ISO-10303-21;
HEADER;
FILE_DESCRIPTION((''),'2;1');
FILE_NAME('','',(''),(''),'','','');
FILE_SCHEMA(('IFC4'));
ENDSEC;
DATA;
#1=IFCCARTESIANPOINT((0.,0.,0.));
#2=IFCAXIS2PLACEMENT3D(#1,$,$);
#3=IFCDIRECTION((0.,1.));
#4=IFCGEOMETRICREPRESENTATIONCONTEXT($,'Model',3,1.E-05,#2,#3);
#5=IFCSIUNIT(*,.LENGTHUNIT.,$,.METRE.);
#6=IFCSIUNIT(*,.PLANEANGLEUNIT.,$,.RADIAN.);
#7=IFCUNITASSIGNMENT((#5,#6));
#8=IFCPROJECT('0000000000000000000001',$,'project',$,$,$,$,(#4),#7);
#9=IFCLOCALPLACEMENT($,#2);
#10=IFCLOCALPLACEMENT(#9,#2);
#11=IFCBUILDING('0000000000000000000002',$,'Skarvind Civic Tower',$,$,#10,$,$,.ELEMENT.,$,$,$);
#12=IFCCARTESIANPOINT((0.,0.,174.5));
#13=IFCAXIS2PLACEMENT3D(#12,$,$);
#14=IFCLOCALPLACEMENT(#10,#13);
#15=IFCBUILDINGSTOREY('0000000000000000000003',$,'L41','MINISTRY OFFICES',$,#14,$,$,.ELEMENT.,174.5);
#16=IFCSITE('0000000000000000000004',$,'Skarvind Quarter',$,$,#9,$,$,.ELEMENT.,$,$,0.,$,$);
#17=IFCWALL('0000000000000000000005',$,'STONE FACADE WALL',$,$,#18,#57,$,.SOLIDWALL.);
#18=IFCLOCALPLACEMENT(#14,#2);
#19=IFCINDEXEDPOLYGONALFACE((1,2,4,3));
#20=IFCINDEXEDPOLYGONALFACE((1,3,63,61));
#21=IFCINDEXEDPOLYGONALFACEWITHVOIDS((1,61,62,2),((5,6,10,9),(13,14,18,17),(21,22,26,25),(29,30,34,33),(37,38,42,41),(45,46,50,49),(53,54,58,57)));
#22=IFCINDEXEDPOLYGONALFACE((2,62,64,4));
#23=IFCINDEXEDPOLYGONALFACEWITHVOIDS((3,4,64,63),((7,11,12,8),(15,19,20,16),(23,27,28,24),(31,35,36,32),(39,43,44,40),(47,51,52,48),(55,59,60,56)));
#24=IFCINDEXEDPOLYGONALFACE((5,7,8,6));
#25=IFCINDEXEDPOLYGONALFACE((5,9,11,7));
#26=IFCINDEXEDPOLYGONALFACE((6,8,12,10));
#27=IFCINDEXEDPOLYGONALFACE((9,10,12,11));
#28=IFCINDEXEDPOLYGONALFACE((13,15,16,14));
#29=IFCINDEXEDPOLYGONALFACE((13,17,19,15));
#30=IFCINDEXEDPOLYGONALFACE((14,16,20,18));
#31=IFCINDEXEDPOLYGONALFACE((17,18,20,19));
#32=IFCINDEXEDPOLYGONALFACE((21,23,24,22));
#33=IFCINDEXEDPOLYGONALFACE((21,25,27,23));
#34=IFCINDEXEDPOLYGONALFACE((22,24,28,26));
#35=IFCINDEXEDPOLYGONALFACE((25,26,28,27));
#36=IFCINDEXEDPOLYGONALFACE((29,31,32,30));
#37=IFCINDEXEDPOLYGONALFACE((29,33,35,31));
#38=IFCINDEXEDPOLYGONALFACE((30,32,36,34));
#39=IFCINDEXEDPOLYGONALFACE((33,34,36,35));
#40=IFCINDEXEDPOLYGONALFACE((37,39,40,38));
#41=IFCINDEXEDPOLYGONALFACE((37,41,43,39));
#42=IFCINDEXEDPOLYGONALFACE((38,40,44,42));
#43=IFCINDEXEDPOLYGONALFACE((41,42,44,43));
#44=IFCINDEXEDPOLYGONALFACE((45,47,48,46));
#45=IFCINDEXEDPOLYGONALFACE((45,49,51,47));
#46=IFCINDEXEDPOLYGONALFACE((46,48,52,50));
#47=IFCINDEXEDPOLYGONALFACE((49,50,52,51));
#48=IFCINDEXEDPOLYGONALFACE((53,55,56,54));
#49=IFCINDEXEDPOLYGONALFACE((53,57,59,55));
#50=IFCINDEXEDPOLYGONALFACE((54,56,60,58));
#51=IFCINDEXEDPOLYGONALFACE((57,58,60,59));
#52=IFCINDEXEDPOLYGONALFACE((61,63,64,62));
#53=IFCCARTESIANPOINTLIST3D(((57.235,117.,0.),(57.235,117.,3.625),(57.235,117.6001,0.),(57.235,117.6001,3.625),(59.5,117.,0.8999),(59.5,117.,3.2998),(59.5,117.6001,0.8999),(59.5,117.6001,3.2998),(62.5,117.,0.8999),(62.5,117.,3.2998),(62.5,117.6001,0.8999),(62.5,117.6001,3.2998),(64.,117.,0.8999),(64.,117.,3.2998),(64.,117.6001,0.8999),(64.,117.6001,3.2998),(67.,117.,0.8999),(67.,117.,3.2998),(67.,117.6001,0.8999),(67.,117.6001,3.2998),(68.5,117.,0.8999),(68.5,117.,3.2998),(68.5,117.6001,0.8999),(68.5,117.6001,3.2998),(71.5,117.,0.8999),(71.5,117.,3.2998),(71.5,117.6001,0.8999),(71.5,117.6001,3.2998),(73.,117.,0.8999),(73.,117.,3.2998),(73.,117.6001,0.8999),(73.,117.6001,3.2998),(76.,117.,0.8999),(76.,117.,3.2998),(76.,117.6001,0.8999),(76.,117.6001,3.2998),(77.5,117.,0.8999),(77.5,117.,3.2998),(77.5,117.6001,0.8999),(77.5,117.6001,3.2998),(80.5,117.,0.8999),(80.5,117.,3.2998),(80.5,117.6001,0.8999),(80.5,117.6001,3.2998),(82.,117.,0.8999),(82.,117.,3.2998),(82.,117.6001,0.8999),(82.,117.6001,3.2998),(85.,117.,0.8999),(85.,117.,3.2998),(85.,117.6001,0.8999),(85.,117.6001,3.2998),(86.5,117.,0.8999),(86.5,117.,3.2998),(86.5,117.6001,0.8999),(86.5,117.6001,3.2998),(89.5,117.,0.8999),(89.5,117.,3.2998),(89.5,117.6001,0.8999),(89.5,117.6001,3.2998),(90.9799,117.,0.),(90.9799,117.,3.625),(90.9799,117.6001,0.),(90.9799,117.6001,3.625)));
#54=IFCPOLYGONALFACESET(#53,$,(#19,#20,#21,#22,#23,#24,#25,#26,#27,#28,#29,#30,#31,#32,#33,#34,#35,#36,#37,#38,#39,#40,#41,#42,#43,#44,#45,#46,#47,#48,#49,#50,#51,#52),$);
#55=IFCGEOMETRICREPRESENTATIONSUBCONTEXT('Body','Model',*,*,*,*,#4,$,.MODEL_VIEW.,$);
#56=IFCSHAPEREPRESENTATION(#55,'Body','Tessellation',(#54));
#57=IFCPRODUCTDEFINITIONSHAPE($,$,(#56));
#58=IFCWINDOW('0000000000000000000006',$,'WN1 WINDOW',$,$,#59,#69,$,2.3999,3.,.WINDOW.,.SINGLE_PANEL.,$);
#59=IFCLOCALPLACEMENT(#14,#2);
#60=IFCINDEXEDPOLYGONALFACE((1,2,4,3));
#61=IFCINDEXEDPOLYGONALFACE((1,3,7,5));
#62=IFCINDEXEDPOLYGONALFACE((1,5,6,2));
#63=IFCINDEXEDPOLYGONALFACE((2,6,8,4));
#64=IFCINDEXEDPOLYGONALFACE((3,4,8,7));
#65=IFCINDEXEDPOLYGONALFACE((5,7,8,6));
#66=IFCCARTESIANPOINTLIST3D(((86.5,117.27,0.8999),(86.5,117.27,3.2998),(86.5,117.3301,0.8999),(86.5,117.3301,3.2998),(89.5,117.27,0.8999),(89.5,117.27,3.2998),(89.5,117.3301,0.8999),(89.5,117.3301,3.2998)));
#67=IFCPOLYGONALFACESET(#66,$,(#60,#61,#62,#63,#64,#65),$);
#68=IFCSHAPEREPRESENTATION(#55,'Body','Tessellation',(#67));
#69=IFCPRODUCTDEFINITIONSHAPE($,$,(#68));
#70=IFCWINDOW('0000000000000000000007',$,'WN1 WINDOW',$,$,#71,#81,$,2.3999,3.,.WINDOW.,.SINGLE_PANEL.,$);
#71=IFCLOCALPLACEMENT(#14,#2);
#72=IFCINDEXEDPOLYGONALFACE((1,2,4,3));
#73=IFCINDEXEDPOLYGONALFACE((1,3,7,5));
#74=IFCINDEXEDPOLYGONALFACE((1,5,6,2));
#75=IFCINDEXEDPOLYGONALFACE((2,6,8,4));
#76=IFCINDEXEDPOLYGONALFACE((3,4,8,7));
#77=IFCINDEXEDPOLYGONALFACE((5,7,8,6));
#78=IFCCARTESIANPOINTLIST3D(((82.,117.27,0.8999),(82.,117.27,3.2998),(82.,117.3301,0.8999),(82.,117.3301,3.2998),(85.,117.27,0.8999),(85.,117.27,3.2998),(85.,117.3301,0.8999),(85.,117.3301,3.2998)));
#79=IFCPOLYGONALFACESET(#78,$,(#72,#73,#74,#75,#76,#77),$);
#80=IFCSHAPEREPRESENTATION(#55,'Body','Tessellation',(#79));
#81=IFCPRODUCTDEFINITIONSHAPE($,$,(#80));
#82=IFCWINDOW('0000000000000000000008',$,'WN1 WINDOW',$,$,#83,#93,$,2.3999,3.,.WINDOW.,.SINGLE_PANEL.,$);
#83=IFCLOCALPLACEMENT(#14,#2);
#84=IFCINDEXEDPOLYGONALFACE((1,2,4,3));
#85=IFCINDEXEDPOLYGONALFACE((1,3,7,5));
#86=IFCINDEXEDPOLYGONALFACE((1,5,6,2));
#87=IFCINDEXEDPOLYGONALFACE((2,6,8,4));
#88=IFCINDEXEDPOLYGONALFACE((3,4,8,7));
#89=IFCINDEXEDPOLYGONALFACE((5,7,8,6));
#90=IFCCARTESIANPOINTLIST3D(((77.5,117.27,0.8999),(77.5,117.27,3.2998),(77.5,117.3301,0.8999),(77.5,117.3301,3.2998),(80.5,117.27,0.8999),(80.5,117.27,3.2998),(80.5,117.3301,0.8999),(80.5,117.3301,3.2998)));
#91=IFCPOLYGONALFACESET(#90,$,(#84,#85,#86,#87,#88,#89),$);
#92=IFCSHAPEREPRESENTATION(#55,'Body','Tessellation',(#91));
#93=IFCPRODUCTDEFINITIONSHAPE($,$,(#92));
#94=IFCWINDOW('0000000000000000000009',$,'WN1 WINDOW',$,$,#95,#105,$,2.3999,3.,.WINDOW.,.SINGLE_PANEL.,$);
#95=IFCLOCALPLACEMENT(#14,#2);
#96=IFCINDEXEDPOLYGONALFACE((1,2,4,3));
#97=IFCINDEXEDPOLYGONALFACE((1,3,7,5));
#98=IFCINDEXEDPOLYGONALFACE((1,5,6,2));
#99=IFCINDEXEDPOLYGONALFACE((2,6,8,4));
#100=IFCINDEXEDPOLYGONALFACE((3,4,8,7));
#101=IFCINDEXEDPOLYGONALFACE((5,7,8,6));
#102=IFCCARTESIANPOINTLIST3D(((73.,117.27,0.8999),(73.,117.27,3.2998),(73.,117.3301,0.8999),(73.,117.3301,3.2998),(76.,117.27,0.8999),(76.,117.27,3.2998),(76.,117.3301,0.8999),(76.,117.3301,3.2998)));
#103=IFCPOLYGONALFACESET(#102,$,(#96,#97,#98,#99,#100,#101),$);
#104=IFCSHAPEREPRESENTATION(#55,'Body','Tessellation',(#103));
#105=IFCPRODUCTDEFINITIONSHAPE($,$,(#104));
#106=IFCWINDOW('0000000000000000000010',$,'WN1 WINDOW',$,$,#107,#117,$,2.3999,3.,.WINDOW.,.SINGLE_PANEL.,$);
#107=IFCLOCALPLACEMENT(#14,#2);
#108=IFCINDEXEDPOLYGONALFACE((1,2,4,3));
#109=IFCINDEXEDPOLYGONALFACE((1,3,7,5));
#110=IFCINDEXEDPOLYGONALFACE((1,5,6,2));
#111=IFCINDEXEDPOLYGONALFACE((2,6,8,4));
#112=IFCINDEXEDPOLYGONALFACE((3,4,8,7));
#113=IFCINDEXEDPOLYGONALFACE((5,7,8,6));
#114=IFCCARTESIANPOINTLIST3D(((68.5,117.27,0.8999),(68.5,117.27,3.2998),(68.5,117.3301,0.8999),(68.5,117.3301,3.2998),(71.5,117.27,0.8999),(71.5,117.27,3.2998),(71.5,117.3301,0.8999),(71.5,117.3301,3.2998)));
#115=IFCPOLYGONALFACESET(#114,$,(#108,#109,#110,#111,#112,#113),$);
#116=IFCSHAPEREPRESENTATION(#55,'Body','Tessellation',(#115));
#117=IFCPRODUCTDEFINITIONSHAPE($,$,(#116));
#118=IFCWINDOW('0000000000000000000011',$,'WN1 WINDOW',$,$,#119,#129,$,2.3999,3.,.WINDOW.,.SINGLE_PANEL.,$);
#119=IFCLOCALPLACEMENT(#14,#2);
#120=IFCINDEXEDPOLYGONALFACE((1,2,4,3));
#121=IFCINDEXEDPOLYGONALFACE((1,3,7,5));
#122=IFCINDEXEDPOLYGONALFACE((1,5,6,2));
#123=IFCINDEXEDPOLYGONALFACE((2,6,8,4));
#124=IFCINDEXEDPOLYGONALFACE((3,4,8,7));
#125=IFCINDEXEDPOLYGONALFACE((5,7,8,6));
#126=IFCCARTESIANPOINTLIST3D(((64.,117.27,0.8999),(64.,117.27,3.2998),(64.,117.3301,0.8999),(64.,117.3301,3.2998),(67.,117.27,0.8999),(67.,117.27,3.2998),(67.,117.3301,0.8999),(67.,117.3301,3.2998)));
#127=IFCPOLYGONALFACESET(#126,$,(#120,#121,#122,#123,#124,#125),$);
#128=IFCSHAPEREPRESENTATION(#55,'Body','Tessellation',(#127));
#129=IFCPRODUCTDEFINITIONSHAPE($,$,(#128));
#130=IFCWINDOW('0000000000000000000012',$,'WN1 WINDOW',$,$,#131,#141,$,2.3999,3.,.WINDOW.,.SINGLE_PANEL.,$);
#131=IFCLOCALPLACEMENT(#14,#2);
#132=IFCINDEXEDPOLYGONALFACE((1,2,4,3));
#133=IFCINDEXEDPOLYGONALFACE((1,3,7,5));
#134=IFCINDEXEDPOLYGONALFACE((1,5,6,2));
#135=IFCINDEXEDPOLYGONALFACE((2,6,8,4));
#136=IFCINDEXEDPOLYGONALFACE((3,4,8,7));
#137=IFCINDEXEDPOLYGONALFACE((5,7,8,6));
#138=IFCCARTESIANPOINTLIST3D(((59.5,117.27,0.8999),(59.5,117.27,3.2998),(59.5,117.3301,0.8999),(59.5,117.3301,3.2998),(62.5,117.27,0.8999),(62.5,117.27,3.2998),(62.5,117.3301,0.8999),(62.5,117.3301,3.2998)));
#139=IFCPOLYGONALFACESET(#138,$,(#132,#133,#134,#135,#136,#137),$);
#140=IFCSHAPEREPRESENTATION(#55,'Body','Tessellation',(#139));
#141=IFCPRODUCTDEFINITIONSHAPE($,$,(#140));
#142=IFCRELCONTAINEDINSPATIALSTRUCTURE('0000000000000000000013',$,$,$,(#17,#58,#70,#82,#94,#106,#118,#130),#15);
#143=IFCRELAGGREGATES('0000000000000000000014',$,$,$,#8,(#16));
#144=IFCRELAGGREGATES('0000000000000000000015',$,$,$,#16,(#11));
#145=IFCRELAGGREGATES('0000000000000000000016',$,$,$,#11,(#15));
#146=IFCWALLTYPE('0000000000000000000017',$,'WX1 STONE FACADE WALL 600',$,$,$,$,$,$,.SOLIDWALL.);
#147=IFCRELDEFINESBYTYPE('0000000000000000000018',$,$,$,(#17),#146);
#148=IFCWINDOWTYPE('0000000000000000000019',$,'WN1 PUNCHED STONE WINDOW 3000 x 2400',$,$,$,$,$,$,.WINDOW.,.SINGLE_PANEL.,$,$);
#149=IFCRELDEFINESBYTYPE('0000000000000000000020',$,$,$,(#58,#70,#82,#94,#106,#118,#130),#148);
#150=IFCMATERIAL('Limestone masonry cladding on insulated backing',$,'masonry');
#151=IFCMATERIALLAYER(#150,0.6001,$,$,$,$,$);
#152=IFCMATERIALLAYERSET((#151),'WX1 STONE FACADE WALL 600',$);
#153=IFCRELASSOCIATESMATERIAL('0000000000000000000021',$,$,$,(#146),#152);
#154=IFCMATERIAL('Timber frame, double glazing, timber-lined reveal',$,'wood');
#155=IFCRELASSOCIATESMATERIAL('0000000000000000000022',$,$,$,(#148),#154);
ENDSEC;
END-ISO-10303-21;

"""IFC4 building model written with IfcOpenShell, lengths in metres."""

from ifc_helpers import new_model, si_unit, direction, frame, frame_2d, origin, place, context, subcontext, project, spatial, rectangle, extrude, material, layer, layer_set, type_object, element, fill, save


model = new_model("IFC4")

# Units and contexts
model_context = context("Model", 3, precision=1e-05, world=origin(), true_north=direction((0.0, 1.0)))
body_context = subcontext(model_context, "Body", "Model", "MODEL_VIEW")
ifc_project = project(units=[si_unit("LENGTHUNIT", "METRE"), si_unit("PLANEANGLEUNIT", "RADIAN")], contexts=[model_context])

# Site, building, storey
site_placement = place(None, origin())
site = spatial("IfcSite", under=ifc_project, at=site_placement, Name="Skarvind Quarter", CompositionType="ELEMENT", RefElevation=0.0)
building_placement = place(site_placement, origin())
building = spatial("IfcBuilding", under=site, at=building_placement, Name="Skarvind Civic Tower", CompositionType="ELEMENT")
storey_placement = place(building_placement, frame((0.0, 0.0, 174.5)))
storey = spatial("IfcBuildingStorey", under=building, at=storey_placement, Name="L41", Description="MINISTRY OFFICES", CompositionType="ELEMENT", Elevation=174.5)

# Shared definitions
ifc_material_1 = material(Name="Limestone masonry cladding on insulated backing", Category="masonry")
ifc_layer_1 = layer(ifc_material_1, 0.6001)
ifc_layer_set_1 = layer_set([ifc_layer_1], Name="WX1 STONE FACADE WALL 600")
wall_type_1 = type_object("IfcWallType", Name="WX1 STONE FACADE WALL 600", PredefinedType="SOLIDWALL", material=ifc_layer_set_1)

# Wall, openings, windows
wall_1_placement = place(storey_placement, frame((90.98, 117.3, 0.0), z_axis=(0.0, 0.0, 1.0), x_axis=(-1.0, 0.0, 0.0)))
wall_1 = element("IfcWall", 1, at=wall_1_placement, inside=storey, type_object=wall_type_1, Name="STONE FACADE WALL", PredefinedType="SOLIDWALL", context=body_context, shape_type="SweptSolid", body=[
    extrude(rectangle(XDim=33.7449, YDim=0.6001, at=frame_2d((16.8726, 0.0))), origin(), (0.0, 0.0, 1.0), 3.625),
])
opening_1_placement = place(wall_1_placement, frame((1.48, 0.0, 0.8999)))
opening_1 = element("IfcOpeningElement", 2, at=opening_1_placement, cuts=wall_1, PredefinedType="OPENING", context=body_context, shape_type="SweptSolid", body=[
    extrude(rectangle(XDim=3.0, YDim=2.3999, at=frame_2d((1.5, 1.2))), frame((0.0, 0.3101, 0.0), z_axis=(0.0, -1.0, 0.0), x_axis=(1.0, 0.0, 0.0)), (0.0, 0.0, 1.0), 0.6201),
])
opening_2_placement = place(wall_1_placement, frame((5.98, 0.0, 0.8999)))
opening_2 = element("IfcOpeningElement", 3, at=opening_2_placement, cuts=wall_1, PredefinedType="OPENING", context=body_context, shape_type="SweptSolid", body=[
    extrude(rectangle(XDim=3.0, YDim=2.3999, at=frame_2d((1.5, 1.2))), frame((0.0, 0.3101, 0.0), z_axis=(0.0, -1.0, 0.0), x_axis=(1.0, 0.0, 0.0)), (0.0, 0.0, 1.0), 0.6201),
])
opening_3_placement = place(wall_1_placement, frame((10.48, 0.0, 0.8999)))
opening_3 = element("IfcOpeningElement", 4, at=opening_3_placement, cuts=wall_1, PredefinedType="OPENING", context=body_context, shape_type="SweptSolid", body=[
    extrude(rectangle(XDim=3.0, YDim=2.3999, at=frame_2d((1.5, 1.2))), frame((0.0, 0.3101, 0.0), z_axis=(0.0, -1.0, 0.0), x_axis=(1.0, 0.0, 0.0)), (0.0, 0.0, 1.0), 0.6201),
])
opening_4_placement = place(wall_1_placement, frame((14.98, 0.0, 0.8999)))
opening_4 = element("IfcOpeningElement", 5, at=opening_4_placement, cuts=wall_1, PredefinedType="OPENING", context=body_context, shape_type="SweptSolid", body=[
    extrude(rectangle(XDim=3.0, YDim=2.3999, at=frame_2d((1.5, 1.2))), frame((0.0, 0.3101, 0.0), z_axis=(0.0, -1.0, 0.0), x_axis=(1.0, 0.0, 0.0)), (0.0, 0.0, 1.0), 0.6201),
])
opening_5_placement = place(wall_1_placement, frame((19.48, 0.0, 0.8999)))
opening_5 = element("IfcOpeningElement", 6, at=opening_5_placement, cuts=wall_1, PredefinedType="OPENING", context=body_context, shape_type="SweptSolid", body=[
    extrude(rectangle(XDim=3.0, YDim=2.3999, at=frame_2d((1.5, 1.2))), frame((0.0, 0.3101, 0.0), z_axis=(0.0, -1.0, 0.0), x_axis=(1.0, 0.0, 0.0)), (0.0, 0.0, 1.0), 0.6201),
])
opening_6_placement = place(wall_1_placement, frame((23.98, 0.0, 0.8999)))
opening_6 = element("IfcOpeningElement", 7, at=opening_6_placement, cuts=wall_1, PredefinedType="OPENING", context=body_context, shape_type="SweptSolid", body=[
    extrude(rectangle(XDim=3.0, YDim=2.3999, at=frame_2d((1.5, 1.2))), frame((0.0, 0.3101, 0.0), z_axis=(0.0, -1.0, 0.0), x_axis=(1.0, 0.0, 0.0)), (0.0, 0.0, 1.0), 0.6201),
])
opening_7_placement = place(wall_1_placement, frame((28.48, 0.0, 0.8999)))
opening_7 = element("IfcOpeningElement", 8, at=opening_7_placement, cuts=wall_1, PredefinedType="OPENING", context=body_context, shape_type="SweptSolid", body=[
    extrude(rectangle(XDim=3.0, YDim=2.3999, at=frame_2d((1.5, 1.2))), frame((0.0, 0.3101, 0.0), z_axis=(0.0, -1.0, 0.0), x_axis=(1.0, 0.0, 0.0)), (0.0, 0.0, 1.0), 0.6201),
])
ifc_material_2 = material(Name="Timber frame, double glazing, timber-lined reveal", Category="wood")
window_type = type_object("IfcWindowType", Name="WN1 PUNCHED STONE WINDOW 3000 x 2400", PartitioningType="SINGLE_PANEL", PredefinedType="WINDOW", material=ifc_material_2)
window_1_placement = place(opening_1_placement, origin())
window_1 = element("IfcWindow", 9, at=window_1_placement, inside=storey, type_object=window_type, Name="WN1 WINDOW", OverallHeight=2.3999, OverallWidth=3.0, PartitioningType="SINGLE_PANEL", PredefinedType="WINDOW", context=body_context, shape_type="SweptSolid", body=[
    extrude(rectangle(XDim=3.0, YDim=2.3999, at=frame_2d((1.5, 1.2))), frame((0.0, 0.03, 0.0), z_axis=(0.0, -1.0, 0.0), x_axis=(1.0, 0.0, 0.0)), (0.0, 0.0, 1.0), 0.0601),
])
fill(opening_1, window_1)
window_2_placement = place(opening_2_placement, origin())
window_2 = element("IfcWindow", 10, at=window_2_placement, inside=storey, type_object=window_type, Name="WN1 WINDOW", OverallHeight=2.3999, OverallWidth=3.0, PartitioningType="SINGLE_PANEL", PredefinedType="WINDOW", context=body_context, shape_type="SweptSolid", body=[
    extrude(rectangle(XDim=3.0, YDim=2.3999, at=frame_2d((1.5, 1.2))), frame((0.0, 0.03, 0.0), z_axis=(0.0, -1.0, 0.0), x_axis=(1.0, 0.0, 0.0)), (0.0, 0.0, 1.0), 0.0601),
])
fill(opening_2, window_2)
window_3_placement = place(opening_3_placement, origin())
window_3 = element("IfcWindow", 11, at=window_3_placement, inside=storey, type_object=window_type, Name="WN1 WINDOW", OverallHeight=2.3999, OverallWidth=3.0, PartitioningType="SINGLE_PANEL", PredefinedType="WINDOW", context=body_context, shape_type="SweptSolid", body=[
    extrude(rectangle(XDim=3.0, YDim=2.3999, at=frame_2d((1.5, 1.2))), frame((0.0, 0.03, 0.0), z_axis=(0.0, -1.0, 0.0), x_axis=(1.0, 0.0, 0.0)), (0.0, 0.0, 1.0), 0.0601),
])
fill(opening_3, window_3)
window_4_placement = place(opening_4_placement, origin())
window_4 = element("IfcWindow", 12, at=window_4_placement, inside=storey, type_object=window_type, Name="WN1 WINDOW", OverallHeight=2.3999, OverallWidth=3.0, PartitioningType="SINGLE_PANEL", PredefinedType="WINDOW", context=body_context, shape_type="SweptSolid", body=[
    extrude(rectangle(XDim=3.0, YDim=2.3999, at=frame_2d((1.5, 1.2))), frame((0.0, 0.03, 0.0), z_axis=(0.0, -1.0, 0.0), x_axis=(1.0, 0.0, 0.0)), (0.0, 0.0, 1.0), 0.0601),
])
fill(opening_4, window_4)
window_5_placement = place(opening_5_placement, origin())
window_5 = element("IfcWindow", 13, at=window_5_placement, inside=storey, type_object=window_type, Name="WN1 WINDOW", OverallHeight=2.3999, OverallWidth=3.0, PartitioningType="SINGLE_PANEL", PredefinedType="WINDOW", context=body_context, shape_type="SweptSolid", body=[
    extrude(rectangle(XDim=3.0, YDim=2.3999, at=frame_2d((1.5, 1.2))), frame((0.0, 0.03, 0.0), z_axis=(0.0, -1.0, 0.0), x_axis=(1.0, 0.0, 0.0)), (0.0, 0.0, 1.0), 0.0601),
])
fill(opening_5, window_5)
window_6_placement = place(opening_6_placement, origin())
window_6 = element("IfcWindow", 14, at=window_6_placement, inside=storey, type_object=window_type, Name="WN1 WINDOW", OverallHeight=2.3999, OverallWidth=3.0, PartitioningType="SINGLE_PANEL", PredefinedType="WINDOW", context=body_context, shape_type="SweptSolid", body=[
    extrude(rectangle(XDim=3.0, YDim=2.3999, at=frame_2d((1.5, 1.2))), frame((0.0, 0.03, 0.0), z_axis=(0.0, -1.0, 0.0), x_axis=(1.0, 0.0, 0.0)), (0.0, 0.0, 1.0), 0.0601),
])
fill(opening_6, window_6)
window_7_placement = place(opening_7_placement, origin())
window_7 = element("IfcWindow", 15, at=window_7_placement, inside=storey, type_object=window_type, Name="WN1 WINDOW", OverallHeight=2.3999, OverallWidth=3.0, PartitioningType="SINGLE_PANEL", PredefinedType="WINDOW", context=body_context, shape_type="SweptSolid", body=[
    extrude(rectangle(XDim=3.0, YDim=2.3999, at=frame_2d((1.5, 1.2))), frame((0.0, 0.03, 0.0), z_axis=(0.0, -1.0, 0.0), x_axis=(1.0, 0.0, 0.0)), (0.0, 0.0, 1.0), 0.0601),
])
fill(opening_7, window_7)

save(model, "model.ifc")
